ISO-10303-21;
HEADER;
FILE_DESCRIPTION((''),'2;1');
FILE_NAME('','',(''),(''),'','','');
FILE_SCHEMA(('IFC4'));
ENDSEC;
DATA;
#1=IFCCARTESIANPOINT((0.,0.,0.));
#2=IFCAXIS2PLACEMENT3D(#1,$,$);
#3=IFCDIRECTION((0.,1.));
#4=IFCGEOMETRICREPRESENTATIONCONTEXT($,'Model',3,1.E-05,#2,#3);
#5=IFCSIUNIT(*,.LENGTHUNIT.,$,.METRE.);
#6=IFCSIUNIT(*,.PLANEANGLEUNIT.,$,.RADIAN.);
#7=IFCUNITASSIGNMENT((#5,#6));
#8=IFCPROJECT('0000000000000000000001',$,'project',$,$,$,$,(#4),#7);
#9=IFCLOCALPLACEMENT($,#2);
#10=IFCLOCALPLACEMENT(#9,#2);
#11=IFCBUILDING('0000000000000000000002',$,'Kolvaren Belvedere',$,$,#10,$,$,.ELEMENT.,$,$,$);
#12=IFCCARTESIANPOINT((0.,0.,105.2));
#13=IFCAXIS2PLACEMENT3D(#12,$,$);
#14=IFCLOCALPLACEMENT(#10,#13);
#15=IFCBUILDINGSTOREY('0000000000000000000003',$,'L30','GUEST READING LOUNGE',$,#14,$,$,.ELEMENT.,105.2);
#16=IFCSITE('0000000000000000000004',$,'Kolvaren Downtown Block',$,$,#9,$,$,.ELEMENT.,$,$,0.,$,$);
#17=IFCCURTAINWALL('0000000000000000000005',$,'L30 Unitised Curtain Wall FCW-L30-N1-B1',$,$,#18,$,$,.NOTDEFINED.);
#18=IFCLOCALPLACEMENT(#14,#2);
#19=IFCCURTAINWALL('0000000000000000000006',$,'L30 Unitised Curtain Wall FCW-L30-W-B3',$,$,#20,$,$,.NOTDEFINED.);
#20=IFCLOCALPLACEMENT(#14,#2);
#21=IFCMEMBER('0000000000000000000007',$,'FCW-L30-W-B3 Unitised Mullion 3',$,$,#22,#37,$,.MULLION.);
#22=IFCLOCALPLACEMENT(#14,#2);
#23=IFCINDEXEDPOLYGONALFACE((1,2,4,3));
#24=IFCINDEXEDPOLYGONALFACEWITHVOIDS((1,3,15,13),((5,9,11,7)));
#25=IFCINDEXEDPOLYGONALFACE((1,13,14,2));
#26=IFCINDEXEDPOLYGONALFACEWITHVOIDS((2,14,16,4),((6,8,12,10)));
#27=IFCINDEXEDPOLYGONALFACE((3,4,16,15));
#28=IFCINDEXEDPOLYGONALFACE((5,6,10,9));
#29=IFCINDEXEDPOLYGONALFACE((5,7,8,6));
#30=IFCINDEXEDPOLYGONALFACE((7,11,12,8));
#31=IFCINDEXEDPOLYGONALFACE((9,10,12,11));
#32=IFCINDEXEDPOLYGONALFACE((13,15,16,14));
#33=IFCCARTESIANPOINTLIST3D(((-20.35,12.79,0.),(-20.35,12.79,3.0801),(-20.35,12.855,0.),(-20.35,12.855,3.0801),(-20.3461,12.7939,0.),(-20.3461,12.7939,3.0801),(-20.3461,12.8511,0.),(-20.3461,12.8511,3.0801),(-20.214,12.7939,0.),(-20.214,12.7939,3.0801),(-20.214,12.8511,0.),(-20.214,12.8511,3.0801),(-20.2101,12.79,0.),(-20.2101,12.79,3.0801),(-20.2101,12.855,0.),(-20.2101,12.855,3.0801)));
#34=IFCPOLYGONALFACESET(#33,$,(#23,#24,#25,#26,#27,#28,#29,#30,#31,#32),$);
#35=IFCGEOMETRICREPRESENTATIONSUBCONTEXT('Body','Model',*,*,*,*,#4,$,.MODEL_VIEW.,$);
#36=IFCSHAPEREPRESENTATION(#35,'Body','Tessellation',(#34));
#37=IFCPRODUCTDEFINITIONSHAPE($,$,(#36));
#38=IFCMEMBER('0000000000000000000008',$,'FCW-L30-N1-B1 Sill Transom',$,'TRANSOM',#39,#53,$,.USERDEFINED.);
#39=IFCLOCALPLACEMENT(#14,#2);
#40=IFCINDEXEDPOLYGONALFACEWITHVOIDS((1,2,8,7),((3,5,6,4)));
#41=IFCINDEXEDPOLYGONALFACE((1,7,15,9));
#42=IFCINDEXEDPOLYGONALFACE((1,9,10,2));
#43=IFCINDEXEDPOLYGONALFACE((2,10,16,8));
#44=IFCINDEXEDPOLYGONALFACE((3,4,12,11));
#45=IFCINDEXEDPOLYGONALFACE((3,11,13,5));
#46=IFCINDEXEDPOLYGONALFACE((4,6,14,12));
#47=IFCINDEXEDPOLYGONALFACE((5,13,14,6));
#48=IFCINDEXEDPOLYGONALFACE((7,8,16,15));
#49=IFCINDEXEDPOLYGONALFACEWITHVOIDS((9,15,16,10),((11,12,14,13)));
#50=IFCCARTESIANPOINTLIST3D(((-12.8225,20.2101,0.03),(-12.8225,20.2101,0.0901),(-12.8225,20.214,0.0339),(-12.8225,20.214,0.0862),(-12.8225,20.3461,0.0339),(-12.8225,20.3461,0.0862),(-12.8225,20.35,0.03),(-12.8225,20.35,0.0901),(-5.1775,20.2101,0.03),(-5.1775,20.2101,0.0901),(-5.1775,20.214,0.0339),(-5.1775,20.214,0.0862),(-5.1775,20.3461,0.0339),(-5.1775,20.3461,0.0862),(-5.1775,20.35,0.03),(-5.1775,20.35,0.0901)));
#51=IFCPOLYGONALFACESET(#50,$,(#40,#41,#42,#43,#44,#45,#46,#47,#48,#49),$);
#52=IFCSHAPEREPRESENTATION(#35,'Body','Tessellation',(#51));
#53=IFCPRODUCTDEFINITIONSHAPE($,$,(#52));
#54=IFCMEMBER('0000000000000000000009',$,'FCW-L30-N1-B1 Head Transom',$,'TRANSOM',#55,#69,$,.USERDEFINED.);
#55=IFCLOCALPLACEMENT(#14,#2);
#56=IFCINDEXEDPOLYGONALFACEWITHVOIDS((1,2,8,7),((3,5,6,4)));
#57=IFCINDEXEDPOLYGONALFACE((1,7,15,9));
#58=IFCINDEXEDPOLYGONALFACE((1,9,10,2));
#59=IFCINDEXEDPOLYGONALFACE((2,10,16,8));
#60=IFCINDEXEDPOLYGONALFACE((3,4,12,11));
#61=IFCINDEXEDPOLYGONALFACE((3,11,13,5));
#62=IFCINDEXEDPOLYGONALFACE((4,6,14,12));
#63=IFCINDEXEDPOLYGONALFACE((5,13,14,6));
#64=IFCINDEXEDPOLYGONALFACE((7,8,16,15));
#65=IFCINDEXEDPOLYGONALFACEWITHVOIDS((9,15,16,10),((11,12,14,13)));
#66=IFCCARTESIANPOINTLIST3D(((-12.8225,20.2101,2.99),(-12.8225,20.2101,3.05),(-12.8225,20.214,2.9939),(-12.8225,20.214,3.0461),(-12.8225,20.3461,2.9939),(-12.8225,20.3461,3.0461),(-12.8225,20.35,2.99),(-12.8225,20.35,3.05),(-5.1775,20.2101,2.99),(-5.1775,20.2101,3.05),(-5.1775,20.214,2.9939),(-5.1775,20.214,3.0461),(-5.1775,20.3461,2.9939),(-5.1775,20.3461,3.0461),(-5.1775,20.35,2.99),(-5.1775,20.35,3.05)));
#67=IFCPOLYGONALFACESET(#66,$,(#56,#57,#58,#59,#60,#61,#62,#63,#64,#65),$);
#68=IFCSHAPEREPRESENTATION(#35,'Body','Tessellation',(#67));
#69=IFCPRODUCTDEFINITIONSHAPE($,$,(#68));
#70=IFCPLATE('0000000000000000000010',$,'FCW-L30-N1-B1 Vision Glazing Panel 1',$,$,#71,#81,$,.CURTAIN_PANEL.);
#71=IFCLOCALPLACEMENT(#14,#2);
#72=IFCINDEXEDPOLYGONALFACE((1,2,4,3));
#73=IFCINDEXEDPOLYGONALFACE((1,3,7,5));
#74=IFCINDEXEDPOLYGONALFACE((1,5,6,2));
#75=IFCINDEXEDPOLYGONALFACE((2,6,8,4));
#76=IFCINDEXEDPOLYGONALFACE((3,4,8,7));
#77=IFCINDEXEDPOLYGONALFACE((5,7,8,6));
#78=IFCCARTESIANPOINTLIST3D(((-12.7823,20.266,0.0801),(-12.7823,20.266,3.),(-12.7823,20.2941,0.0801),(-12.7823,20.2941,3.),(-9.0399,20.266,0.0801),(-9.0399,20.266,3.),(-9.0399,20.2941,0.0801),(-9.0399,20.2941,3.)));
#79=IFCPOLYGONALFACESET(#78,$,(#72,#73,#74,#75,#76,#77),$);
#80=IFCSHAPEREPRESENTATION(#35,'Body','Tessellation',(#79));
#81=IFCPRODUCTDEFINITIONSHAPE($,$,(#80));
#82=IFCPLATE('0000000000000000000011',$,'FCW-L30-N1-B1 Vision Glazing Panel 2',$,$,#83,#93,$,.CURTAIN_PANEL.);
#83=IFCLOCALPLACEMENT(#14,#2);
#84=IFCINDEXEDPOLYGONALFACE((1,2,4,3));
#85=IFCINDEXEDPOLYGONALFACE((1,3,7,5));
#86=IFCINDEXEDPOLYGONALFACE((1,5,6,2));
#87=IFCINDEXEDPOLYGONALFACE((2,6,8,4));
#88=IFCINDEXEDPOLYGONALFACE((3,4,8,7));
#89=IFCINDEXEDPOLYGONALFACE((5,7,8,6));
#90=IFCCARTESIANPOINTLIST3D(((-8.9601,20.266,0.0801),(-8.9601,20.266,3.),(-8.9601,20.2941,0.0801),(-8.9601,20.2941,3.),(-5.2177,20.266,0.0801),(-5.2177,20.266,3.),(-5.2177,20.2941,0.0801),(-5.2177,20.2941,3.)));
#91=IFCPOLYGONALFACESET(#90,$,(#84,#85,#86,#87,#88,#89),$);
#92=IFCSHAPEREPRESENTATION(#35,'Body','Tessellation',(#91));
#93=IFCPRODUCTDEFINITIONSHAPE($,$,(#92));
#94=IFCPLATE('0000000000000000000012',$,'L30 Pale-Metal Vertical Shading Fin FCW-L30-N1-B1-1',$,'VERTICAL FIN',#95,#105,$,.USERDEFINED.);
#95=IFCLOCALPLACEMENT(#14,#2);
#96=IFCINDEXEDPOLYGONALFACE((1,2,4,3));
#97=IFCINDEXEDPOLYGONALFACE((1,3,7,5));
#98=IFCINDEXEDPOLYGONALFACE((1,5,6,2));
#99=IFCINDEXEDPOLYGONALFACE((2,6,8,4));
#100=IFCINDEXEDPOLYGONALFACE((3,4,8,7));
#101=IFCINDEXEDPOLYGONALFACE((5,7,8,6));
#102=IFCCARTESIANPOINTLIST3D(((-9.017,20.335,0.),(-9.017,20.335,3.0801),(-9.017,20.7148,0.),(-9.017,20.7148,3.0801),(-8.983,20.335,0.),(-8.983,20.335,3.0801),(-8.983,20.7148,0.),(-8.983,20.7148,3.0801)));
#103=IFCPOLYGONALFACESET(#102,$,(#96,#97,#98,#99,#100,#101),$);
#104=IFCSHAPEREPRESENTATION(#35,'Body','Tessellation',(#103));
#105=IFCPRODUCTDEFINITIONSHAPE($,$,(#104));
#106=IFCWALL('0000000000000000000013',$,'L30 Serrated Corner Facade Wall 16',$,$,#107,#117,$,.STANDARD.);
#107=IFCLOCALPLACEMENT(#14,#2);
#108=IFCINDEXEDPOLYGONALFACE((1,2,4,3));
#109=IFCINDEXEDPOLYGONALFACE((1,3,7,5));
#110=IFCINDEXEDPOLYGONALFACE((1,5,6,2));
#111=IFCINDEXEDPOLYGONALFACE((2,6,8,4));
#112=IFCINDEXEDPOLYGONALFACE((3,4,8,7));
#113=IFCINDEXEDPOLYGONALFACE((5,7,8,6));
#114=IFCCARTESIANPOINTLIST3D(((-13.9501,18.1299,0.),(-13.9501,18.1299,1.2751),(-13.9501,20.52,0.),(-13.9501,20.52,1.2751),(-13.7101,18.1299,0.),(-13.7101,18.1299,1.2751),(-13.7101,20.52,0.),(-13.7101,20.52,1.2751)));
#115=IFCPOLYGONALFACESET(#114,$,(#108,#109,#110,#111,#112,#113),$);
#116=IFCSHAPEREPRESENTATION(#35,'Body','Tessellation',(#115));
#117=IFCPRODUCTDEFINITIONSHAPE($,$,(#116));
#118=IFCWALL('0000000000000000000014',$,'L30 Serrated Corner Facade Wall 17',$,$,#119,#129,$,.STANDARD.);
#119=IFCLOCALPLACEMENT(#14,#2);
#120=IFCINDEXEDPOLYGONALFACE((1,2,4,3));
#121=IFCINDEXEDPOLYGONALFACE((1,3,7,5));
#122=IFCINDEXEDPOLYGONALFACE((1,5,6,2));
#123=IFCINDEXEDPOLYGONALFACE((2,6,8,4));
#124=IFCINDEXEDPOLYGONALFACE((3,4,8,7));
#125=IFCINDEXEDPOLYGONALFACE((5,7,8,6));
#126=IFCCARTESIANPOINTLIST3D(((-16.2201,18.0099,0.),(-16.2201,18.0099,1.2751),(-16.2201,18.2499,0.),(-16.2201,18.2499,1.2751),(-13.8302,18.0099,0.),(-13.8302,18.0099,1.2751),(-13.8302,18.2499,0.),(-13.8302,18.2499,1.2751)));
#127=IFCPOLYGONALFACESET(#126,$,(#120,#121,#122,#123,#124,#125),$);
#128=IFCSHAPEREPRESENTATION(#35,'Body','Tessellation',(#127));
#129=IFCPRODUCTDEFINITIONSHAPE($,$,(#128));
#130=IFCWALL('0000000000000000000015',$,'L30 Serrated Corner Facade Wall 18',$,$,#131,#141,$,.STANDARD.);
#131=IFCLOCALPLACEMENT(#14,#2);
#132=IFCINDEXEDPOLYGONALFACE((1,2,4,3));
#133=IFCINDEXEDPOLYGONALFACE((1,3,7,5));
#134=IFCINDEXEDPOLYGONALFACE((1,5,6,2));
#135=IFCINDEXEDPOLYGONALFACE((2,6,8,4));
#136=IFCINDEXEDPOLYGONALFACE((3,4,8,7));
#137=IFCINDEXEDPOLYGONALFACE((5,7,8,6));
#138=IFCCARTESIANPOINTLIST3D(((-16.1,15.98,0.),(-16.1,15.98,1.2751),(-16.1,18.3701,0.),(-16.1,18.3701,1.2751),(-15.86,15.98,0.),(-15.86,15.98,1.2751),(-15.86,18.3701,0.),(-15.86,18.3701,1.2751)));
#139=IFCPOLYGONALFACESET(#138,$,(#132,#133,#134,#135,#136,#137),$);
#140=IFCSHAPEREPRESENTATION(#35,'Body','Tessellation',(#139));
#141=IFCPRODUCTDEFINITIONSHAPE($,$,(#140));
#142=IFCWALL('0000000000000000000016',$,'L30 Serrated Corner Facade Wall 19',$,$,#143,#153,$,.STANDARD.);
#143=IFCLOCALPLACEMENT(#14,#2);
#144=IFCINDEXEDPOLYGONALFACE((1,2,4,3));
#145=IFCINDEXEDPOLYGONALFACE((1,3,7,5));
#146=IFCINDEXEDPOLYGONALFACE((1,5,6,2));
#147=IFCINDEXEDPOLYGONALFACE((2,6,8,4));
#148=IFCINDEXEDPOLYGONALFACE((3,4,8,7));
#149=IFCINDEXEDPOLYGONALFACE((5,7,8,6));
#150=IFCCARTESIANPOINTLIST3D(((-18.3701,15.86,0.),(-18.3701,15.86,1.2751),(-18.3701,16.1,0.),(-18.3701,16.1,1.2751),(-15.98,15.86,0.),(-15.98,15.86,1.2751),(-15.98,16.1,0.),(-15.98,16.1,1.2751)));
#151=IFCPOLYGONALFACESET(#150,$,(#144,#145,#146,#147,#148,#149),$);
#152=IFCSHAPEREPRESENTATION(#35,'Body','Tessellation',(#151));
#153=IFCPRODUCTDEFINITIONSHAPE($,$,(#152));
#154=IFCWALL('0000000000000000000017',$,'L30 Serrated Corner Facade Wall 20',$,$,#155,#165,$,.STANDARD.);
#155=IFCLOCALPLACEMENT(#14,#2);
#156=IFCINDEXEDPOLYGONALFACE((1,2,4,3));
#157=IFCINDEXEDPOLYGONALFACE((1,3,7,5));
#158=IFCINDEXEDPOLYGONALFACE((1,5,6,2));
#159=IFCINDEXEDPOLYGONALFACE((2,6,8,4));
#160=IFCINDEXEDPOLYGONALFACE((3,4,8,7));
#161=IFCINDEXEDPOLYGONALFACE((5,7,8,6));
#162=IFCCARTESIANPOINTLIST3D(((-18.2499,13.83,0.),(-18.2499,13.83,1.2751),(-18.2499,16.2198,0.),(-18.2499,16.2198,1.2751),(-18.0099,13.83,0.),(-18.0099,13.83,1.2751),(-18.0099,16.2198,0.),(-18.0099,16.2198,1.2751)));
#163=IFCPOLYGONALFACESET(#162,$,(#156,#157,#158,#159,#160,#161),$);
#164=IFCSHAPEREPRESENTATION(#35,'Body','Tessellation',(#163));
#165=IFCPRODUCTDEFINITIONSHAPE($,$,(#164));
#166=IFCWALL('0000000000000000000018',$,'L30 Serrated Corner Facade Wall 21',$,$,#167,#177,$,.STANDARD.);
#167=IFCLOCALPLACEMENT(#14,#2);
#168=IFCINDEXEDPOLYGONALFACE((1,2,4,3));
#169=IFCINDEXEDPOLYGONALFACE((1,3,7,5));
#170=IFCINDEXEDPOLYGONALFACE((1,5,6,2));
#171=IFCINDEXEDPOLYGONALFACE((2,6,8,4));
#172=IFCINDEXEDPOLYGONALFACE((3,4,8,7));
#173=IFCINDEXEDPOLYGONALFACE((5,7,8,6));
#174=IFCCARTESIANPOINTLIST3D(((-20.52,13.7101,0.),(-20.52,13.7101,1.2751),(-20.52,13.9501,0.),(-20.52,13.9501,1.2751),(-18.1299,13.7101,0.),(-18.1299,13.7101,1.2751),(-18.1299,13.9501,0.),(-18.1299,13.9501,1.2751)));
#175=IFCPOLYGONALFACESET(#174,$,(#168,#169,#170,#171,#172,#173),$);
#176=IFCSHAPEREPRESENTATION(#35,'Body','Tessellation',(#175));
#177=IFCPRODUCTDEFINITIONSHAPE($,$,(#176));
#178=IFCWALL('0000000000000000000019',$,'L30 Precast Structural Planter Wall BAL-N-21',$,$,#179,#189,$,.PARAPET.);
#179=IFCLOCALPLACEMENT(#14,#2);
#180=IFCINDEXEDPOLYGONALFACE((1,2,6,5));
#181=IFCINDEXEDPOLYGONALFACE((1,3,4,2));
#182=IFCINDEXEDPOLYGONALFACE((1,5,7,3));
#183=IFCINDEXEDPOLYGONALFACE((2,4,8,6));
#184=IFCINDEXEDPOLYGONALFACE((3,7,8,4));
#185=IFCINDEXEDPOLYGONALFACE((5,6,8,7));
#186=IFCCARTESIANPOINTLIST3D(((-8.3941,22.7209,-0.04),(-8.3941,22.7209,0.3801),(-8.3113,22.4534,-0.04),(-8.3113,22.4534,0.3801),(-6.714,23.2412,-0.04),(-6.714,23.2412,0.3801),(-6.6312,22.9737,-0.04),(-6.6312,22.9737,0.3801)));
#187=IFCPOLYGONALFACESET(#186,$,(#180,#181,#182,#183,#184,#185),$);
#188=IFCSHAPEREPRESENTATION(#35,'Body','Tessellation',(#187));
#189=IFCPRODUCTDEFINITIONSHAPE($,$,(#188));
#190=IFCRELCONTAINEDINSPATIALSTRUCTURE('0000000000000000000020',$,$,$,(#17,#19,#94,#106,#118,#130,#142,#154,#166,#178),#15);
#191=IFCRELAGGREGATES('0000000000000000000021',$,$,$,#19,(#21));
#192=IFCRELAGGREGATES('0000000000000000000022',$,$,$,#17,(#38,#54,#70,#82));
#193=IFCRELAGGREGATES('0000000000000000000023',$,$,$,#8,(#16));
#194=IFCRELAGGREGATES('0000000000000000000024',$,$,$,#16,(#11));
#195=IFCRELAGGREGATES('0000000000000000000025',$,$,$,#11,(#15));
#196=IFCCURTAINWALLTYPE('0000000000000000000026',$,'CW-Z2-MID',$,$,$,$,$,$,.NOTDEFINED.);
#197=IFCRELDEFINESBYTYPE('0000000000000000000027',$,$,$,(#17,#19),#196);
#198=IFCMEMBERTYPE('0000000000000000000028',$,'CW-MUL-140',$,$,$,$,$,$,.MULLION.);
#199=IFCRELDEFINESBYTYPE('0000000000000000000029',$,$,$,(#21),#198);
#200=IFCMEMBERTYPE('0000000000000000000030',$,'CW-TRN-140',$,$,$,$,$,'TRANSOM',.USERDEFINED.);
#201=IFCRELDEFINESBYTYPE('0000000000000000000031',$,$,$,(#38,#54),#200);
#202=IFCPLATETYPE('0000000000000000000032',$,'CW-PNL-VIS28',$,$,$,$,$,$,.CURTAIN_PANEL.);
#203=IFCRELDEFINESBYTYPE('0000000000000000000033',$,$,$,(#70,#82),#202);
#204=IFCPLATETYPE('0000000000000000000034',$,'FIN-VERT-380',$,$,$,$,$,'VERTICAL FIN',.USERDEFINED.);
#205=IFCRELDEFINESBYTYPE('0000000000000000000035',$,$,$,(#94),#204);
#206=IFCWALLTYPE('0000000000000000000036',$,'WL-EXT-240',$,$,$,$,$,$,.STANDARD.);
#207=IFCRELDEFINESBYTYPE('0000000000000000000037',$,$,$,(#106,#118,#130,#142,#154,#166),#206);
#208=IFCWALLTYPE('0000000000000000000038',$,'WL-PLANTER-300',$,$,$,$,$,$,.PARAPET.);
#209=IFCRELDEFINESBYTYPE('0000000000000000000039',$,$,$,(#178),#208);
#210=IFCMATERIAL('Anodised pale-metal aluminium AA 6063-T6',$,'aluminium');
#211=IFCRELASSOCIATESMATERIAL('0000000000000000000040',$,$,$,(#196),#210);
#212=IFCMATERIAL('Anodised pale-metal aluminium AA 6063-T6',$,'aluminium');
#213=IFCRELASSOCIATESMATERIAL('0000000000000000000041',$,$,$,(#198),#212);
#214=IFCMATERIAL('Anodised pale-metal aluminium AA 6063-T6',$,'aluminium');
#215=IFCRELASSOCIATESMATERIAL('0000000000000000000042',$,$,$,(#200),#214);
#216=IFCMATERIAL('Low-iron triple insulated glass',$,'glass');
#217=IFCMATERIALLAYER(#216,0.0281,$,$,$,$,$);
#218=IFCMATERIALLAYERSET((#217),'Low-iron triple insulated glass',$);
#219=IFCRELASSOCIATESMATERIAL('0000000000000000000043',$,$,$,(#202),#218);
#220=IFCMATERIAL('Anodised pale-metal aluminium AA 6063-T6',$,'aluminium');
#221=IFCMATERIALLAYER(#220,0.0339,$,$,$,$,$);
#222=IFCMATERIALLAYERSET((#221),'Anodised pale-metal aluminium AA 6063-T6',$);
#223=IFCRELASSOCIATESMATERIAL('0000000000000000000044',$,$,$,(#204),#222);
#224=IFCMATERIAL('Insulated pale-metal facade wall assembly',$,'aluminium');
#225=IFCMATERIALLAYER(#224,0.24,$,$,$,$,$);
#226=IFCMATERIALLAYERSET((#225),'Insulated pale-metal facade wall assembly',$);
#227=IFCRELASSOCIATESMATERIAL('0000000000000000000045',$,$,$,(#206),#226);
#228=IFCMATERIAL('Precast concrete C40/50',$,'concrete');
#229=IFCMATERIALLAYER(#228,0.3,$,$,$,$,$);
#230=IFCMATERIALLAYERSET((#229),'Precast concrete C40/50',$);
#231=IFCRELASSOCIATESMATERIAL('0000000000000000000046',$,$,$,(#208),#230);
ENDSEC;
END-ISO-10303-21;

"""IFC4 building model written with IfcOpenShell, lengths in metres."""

from ifc_helpers import new_model, si_unit, direction, frame, frame_2d, origin, origin_2d, place, context, subcontext, project, spatial, rectangle, hollow_rectangle, extrude, material, layer, layer_set, material_profile, profile_set, type_object, element, aggregate, save


model = new_model("IFC4")

# Units and contexts
model_context = context("Model", 3, precision=1e-05, world=origin(), true_north=direction((0.0, 1.0)))
body_context = subcontext(model_context, "Body", "Model", "MODEL_VIEW")
ifc_project = project(units=[si_unit("LENGTHUNIT", "METRE"), si_unit("PLANEANGLEUNIT", "RADIAN")], contexts=[model_context])

# Site, building, storey
site_placement = place(None, origin())
site = spatial("IfcSite", under=ifc_project, at=site_placement, Name="Kolvaren Downtown Block", CompositionType="ELEMENT", RefElevation=0.0)
building_placement = place(site_placement, origin())
building = spatial("IfcBuilding", under=site, at=building_placement, Name="Kolvaren Belvedere", CompositionType="ELEMENT")
storey_placement = place(building_placement, frame((0.0, 0.0, 105.2)))
storey = spatial("IfcBuildingStorey", under=building, at=storey_placement, Name="L30", Description="GUEST READING LOUNGE", CompositionType="ELEMENT", Elevation=105.2)

# Curtain wall
ifc_material_1 = material(Name="Anodised pale-metal aluminium AA 6063-T6", Category="aluminium")
curtain_wall_type = type_object("IfcCurtainWallType", Name="CW-Z2-MID", PredefinedType="NOTDEFINED", material=ifc_material_1)
curtain_wall_1_placement = place(storey_placement, origin())
curtain_wall_1 = element("IfcCurtainWall", 1, at=curtain_wall_1_placement, inside=storey, type_object=curtain_wall_type, Name="L30 Unitised Curtain Wall FCW-L30-N1-B1", PredefinedType="NOTDEFINED")
ifc_material_2 = material(Name="Anodised pale-metal aluminium AA 6063-T6", Category="aluminium")
ifc_material_profile_1 = material_profile(ifc_material_2, hollow_rectangle(XDim=0.0649, YDim=0.1399, WallThickness=0.0039, at=origin_2d()), Name="ALU-MUL-140X65")
ifc_profile_set_1 = profile_set([ifc_material_profile_1], Name="Anodised pale-metal aluminium AA 6063-T6")
member_type_1 = type_object("IfcMemberType", Name="CW-MUL-140", PredefinedType="MULLION", material=ifc_profile_set_1)

# Curtain wall, member
curtain_wall_2_placement = place(storey_placement, origin())
curtain_wall_2 = element("IfcCurtainWall", 2, at=curtain_wall_2_placement, inside=storey, type_object=curtain_wall_type, Name="L30 Unitised Curtain Wall FCW-L30-W-B3", PredefinedType="NOTDEFINED")
member_1_placement = place(storey_placement, frame((-20.28, 12.8225, 0.0), z_axis=(0.0, 0.0, 1.0), x_axis=(0.0, 1.0, 0.0)))
member_1 = element("IfcMember", 3, at=member_1_placement, type_object=member_type_1, Name="FCW-L30-W-B3 Unitised Mullion 3", PredefinedType="MULLION", context=body_context, shape_type="SweptSolid", body=[
    extrude(hollow_rectangle(XDim=0.0649, YDim=0.1399, WallThickness=0.0039, at=origin_2d()), origin(), (0.0, 0.0, 1.0), 3.0801),
])
aggregate(curtain_wall_2, [member_1])

# Members
ifc_material_3 = material(Name="Anodised pale-metal aluminium AA 6063-T6", Category="aluminium")
ifc_material_profile_2 = material_profile(ifc_material_3, hollow_rectangle(XDim=0.0601, YDim=0.1399, WallThickness=0.0039, at=origin_2d()), Name="ALU-TRN-140X60")
ifc_profile_set_2 = profile_set([ifc_material_profile_2], Name="Anodised pale-metal aluminium AA 6063-T6")
member_type_2 = type_object("IfcMemberType", Name="CW-TRN-140", ElementType="TRANSOM", PredefinedType="USERDEFINED", material=ifc_profile_set_2)
member_2_placement = place(storey_placement, frame((-12.8225, 20.28, 0.0601), z_axis=(1.0, 0.0, 0.0), x_axis=(0.0, 0.0, 1.0)))
member_2 = element("IfcMember", 4, at=member_2_placement, type_object=member_type_2, Name="FCW-L30-N1-B1 Sill Transom", ObjectType="TRANSOM", PredefinedType="USERDEFINED", context=body_context, shape_type="SweptSolid", body=[
    extrude(hollow_rectangle(XDim=0.0601, YDim=0.1399, WallThickness=0.0039, at=origin_2d()), origin(), (0.0, 0.0, 1.0), 7.645),
])
member_3_placement = place(storey_placement, frame((-12.8225, 20.28, 3.02), z_axis=(1.0, 0.0, 0.0), x_axis=(0.0, 0.0, 1.0)))
member_3 = element("IfcMember", 5, at=member_3_placement, type_object=member_type_2, Name="FCW-L30-N1-B1 Head Transom", ObjectType="TRANSOM", PredefinedType="USERDEFINED", context=body_context, shape_type="SweptSolid", body=[
    extrude(hollow_rectangle(XDim=0.0601, YDim=0.1399, WallThickness=0.0039, at=origin_2d()), origin(), (0.0, 0.0, 1.0), 7.645),
])

# Plates
ifc_material_4 = material(Name="Low-iron triple insulated glass", Category="glass")
ifc_layer_1 = layer(ifc_material_4, 0.0281)
ifc_layer_set_1 = layer_set([ifc_layer_1], Name="Low-iron triple insulated glass")
plate_type_1 = type_object("IfcPlateType", Name="CW-PNL-VIS28", PredefinedType="CURTAIN_PANEL", material=ifc_layer_set_1)
plate_1_placement = place(storey_placement, frame((-10.9111, 20.28, 0.0801), z_axis=(0.0, 0.0, 1.0), x_axis=(1.0, 0.0, 0.0)))
plate_1 = element("IfcPlate", 6, at=plate_1_placement, type_object=plate_type_1, Name="FCW-L30-N1-B1 Vision Glazing Panel 1", PredefinedType="CURTAIN_PANEL", context=body_context, shape_type="SweptSolid", body=[
    extrude(rectangle(XDim=3.7424, YDim=0.0281, at=origin_2d()), origin(), (0.0, 0.0, 1.0), 2.9199),
])
plate_2_placement = place(storey_placement, frame((-7.0889, 20.28, 0.0801), z_axis=(0.0, 0.0, 1.0), x_axis=(1.0, 0.0, 0.0)))
plate_2 = element("IfcPlate", 7, at=plate_2_placement, type_object=plate_type_1, Name="FCW-L30-N1-B1 Vision Glazing Panel 2", PredefinedType="CURTAIN_PANEL", context=body_context, shape_type="SweptSolid", body=[
    extrude(rectangle(XDim=3.7424, YDim=0.0281, at=origin_2d()), origin(), (0.0, 0.0, 1.0), 2.9199),
])
aggregate(curtain_wall_1, [member_2, member_3, plate_1, plate_2])
ifc_material_5 = material(Name="Anodised pale-metal aluminium AA 6063-T6", Category="aluminium")
ifc_layer_2 = layer(ifc_material_5, 0.0339)
ifc_layer_set_2 = layer_set([ifc_layer_2], Name="Anodised pale-metal aluminium AA 6063-T6")
plate_type_2 = type_object("IfcPlateType", Name="FIN-VERT-380", ElementType="VERTICAL FIN", PredefinedType="USERDEFINED", material=ifc_layer_set_2)
plate_3_placement = place(storey_placement, frame((-9.0, 20.5249, 0.0), z_axis=(0.0, 0.0, 1.0), x_axis=(0.0, 1.0, 0.0)))
element("IfcPlate", 8, at=plate_3_placement, inside=storey, type_object=plate_type_2, Name="L30 Pale-Metal Vertical Shading Fin FCW-L30-N1-B1-1", ObjectType="VERTICAL FIN", PredefinedType="USERDEFINED", context=body_context, shape_type="SweptSolid", body=[
    extrude(rectangle(XDim=0.3799, YDim=0.0339, at=origin_2d()), origin(), (0.0, 0.0, 1.0), 3.0801),
])

# Walls
ifc_material_6 = material(Name="Insulated pale-metal facade wall assembly", Category="aluminium")
ifc_layer_3 = layer(ifc_material_6, 0.24)
ifc_layer_set_3 = layer_set([ifc_layer_3], Name="Insulated pale-metal facade wall assembly")
wall_type_1 = type_object("IfcWallType", Name="WL-EXT-240", PredefinedType="STANDARD", material=ifc_layer_set_3)
wall_1_placement = place(storey_placement, frame((-13.8301, 18.1299, 0.0), z_axis=(0.0, 0.0, 1.0), x_axis=(0.0, 1.0, 0.0)))
element("IfcWall", 9, at=wall_1_placement, inside=storey, type_object=wall_type_1, Name="L30 Serrated Corner Facade Wall 16", PredefinedType="STANDARD", context=body_context, shape_type="SweptSolid", body=[
    extrude(rectangle(XDim=2.3901, YDim=0.24, at=frame_2d((1.1951, 0.0))), origin(), (0.0, 0.0, 1.0), 1.2751),
])
wall_2_placement = place(storey_placement, frame((-16.22, 18.1299, 0.0), z_axis=(0.0, 0.0, 1.0), x_axis=(1.0, 0.0, 0.0)))
element("IfcWall", 10, at=wall_2_placement, inside=storey, type_object=wall_type_1, Name="L30 Serrated Corner Facade Wall 17", PredefinedType="STANDARD", context=body_context, shape_type="SweptSolid", body=[
    extrude(rectangle(XDim=2.3899, YDim=0.24, at=frame_2d((1.1948, 0.0))), origin(), (0.0, 0.0, 1.0), 1.2751),
])
for number, where, z_axis, x_axis, name in (
    (11, (-15.98, 15.98, 0.0), (0.0, 0.0, 1.0), (0.0, 1.0, 0.0), "L30 Serrated Corner Facade Wall 18"),
    (12, (-18.3701, 15.98, 0.0), (0.0, 0.0, 1.0), (1.0, 0.0, 0.0), "L30 Serrated Corner Facade Wall 19"),
):
    element("IfcWall", number, at=place(storey_placement, frame(where, z_axis=z_axis, x_axis=x_axis)), inside=storey, type_object=wall_type_1, Name=name, PredefinedType="STANDARD", context=body_context, shape_type="SweptSolid", body=[
        extrude(rectangle(XDim=2.3901, YDim=0.24, at=frame_2d((1.1951, 0.0))), origin(), (0.0, 0.0, 1.0), 1.2751),
    ])
wall_3_placement = place(storey_placement, frame((-18.1299, 13.8301, 0.0), z_axis=(0.0, 0.0, 1.0), x_axis=(0.0, 1.0, 0.0)))
element("IfcWall", 13, at=wall_3_placement, inside=storey, type_object=wall_type_1, Name="L30 Serrated Corner Facade Wall 20", PredefinedType="STANDARD", context=body_context, shape_type="SweptSolid", body=[
    extrude(rectangle(XDim=2.3899, YDim=0.24, at=frame_2d((1.1948, 0.0))), origin(), (0.0, 0.0, 1.0), 1.2751),
])
wall_4_placement = place(storey_placement, frame((-20.52, 13.8301, 0.0), z_axis=(0.0, 0.0, 1.0), x_axis=(1.0, 0.0, 0.0)))
element("IfcWall", 14, at=wall_4_placement, inside=storey, type_object=wall_type_1, Name="L30 Serrated Corner Facade Wall 21", PredefinedType="STANDARD", context=body_context, shape_type="SweptSolid", body=[
    extrude(rectangle(XDim=2.3901, YDim=0.24, at=frame_2d((1.1951, 0.0))), origin(), (0.0, 0.0, 1.0), 1.2751),
])
ifc_material_7 = material(Name="Precast concrete C40/50", Category="concrete")
ifc_layer_4 = layer(ifc_material_7, 0.3)
ifc_layer_set_4 = layer_set([ifc_layer_4], Name="Precast concrete C40/50")
wall_type_2 = type_object("IfcWallType", Name="WL-PLANTER-300", PredefinedType="PARAPET", material=ifc_layer_set_4)
wall_5_placement = place(storey_placement, frame((-6.6726, 23.1074, -0.04), z_axis=(0.0, 0.0, 1.0), x_axis=(-0.955252, -0.295792, 0.0)))
element("IfcWall", 15, at=wall_5_placement, inside=storey, type_object=wall_type_2, Name="L30 Precast Structural Planter Wall BAL-N-21", PredefinedType="PARAPET", context=body_context, shape_type="SweptSolid", body=[
    extrude(rectangle(XDim=1.7588, YDim=0.28, at=frame_2d((0.8794, 0.0))), origin(), (0.0, 0.0, 1.0), 0.4202),
])

save(model, "model.ifc")
